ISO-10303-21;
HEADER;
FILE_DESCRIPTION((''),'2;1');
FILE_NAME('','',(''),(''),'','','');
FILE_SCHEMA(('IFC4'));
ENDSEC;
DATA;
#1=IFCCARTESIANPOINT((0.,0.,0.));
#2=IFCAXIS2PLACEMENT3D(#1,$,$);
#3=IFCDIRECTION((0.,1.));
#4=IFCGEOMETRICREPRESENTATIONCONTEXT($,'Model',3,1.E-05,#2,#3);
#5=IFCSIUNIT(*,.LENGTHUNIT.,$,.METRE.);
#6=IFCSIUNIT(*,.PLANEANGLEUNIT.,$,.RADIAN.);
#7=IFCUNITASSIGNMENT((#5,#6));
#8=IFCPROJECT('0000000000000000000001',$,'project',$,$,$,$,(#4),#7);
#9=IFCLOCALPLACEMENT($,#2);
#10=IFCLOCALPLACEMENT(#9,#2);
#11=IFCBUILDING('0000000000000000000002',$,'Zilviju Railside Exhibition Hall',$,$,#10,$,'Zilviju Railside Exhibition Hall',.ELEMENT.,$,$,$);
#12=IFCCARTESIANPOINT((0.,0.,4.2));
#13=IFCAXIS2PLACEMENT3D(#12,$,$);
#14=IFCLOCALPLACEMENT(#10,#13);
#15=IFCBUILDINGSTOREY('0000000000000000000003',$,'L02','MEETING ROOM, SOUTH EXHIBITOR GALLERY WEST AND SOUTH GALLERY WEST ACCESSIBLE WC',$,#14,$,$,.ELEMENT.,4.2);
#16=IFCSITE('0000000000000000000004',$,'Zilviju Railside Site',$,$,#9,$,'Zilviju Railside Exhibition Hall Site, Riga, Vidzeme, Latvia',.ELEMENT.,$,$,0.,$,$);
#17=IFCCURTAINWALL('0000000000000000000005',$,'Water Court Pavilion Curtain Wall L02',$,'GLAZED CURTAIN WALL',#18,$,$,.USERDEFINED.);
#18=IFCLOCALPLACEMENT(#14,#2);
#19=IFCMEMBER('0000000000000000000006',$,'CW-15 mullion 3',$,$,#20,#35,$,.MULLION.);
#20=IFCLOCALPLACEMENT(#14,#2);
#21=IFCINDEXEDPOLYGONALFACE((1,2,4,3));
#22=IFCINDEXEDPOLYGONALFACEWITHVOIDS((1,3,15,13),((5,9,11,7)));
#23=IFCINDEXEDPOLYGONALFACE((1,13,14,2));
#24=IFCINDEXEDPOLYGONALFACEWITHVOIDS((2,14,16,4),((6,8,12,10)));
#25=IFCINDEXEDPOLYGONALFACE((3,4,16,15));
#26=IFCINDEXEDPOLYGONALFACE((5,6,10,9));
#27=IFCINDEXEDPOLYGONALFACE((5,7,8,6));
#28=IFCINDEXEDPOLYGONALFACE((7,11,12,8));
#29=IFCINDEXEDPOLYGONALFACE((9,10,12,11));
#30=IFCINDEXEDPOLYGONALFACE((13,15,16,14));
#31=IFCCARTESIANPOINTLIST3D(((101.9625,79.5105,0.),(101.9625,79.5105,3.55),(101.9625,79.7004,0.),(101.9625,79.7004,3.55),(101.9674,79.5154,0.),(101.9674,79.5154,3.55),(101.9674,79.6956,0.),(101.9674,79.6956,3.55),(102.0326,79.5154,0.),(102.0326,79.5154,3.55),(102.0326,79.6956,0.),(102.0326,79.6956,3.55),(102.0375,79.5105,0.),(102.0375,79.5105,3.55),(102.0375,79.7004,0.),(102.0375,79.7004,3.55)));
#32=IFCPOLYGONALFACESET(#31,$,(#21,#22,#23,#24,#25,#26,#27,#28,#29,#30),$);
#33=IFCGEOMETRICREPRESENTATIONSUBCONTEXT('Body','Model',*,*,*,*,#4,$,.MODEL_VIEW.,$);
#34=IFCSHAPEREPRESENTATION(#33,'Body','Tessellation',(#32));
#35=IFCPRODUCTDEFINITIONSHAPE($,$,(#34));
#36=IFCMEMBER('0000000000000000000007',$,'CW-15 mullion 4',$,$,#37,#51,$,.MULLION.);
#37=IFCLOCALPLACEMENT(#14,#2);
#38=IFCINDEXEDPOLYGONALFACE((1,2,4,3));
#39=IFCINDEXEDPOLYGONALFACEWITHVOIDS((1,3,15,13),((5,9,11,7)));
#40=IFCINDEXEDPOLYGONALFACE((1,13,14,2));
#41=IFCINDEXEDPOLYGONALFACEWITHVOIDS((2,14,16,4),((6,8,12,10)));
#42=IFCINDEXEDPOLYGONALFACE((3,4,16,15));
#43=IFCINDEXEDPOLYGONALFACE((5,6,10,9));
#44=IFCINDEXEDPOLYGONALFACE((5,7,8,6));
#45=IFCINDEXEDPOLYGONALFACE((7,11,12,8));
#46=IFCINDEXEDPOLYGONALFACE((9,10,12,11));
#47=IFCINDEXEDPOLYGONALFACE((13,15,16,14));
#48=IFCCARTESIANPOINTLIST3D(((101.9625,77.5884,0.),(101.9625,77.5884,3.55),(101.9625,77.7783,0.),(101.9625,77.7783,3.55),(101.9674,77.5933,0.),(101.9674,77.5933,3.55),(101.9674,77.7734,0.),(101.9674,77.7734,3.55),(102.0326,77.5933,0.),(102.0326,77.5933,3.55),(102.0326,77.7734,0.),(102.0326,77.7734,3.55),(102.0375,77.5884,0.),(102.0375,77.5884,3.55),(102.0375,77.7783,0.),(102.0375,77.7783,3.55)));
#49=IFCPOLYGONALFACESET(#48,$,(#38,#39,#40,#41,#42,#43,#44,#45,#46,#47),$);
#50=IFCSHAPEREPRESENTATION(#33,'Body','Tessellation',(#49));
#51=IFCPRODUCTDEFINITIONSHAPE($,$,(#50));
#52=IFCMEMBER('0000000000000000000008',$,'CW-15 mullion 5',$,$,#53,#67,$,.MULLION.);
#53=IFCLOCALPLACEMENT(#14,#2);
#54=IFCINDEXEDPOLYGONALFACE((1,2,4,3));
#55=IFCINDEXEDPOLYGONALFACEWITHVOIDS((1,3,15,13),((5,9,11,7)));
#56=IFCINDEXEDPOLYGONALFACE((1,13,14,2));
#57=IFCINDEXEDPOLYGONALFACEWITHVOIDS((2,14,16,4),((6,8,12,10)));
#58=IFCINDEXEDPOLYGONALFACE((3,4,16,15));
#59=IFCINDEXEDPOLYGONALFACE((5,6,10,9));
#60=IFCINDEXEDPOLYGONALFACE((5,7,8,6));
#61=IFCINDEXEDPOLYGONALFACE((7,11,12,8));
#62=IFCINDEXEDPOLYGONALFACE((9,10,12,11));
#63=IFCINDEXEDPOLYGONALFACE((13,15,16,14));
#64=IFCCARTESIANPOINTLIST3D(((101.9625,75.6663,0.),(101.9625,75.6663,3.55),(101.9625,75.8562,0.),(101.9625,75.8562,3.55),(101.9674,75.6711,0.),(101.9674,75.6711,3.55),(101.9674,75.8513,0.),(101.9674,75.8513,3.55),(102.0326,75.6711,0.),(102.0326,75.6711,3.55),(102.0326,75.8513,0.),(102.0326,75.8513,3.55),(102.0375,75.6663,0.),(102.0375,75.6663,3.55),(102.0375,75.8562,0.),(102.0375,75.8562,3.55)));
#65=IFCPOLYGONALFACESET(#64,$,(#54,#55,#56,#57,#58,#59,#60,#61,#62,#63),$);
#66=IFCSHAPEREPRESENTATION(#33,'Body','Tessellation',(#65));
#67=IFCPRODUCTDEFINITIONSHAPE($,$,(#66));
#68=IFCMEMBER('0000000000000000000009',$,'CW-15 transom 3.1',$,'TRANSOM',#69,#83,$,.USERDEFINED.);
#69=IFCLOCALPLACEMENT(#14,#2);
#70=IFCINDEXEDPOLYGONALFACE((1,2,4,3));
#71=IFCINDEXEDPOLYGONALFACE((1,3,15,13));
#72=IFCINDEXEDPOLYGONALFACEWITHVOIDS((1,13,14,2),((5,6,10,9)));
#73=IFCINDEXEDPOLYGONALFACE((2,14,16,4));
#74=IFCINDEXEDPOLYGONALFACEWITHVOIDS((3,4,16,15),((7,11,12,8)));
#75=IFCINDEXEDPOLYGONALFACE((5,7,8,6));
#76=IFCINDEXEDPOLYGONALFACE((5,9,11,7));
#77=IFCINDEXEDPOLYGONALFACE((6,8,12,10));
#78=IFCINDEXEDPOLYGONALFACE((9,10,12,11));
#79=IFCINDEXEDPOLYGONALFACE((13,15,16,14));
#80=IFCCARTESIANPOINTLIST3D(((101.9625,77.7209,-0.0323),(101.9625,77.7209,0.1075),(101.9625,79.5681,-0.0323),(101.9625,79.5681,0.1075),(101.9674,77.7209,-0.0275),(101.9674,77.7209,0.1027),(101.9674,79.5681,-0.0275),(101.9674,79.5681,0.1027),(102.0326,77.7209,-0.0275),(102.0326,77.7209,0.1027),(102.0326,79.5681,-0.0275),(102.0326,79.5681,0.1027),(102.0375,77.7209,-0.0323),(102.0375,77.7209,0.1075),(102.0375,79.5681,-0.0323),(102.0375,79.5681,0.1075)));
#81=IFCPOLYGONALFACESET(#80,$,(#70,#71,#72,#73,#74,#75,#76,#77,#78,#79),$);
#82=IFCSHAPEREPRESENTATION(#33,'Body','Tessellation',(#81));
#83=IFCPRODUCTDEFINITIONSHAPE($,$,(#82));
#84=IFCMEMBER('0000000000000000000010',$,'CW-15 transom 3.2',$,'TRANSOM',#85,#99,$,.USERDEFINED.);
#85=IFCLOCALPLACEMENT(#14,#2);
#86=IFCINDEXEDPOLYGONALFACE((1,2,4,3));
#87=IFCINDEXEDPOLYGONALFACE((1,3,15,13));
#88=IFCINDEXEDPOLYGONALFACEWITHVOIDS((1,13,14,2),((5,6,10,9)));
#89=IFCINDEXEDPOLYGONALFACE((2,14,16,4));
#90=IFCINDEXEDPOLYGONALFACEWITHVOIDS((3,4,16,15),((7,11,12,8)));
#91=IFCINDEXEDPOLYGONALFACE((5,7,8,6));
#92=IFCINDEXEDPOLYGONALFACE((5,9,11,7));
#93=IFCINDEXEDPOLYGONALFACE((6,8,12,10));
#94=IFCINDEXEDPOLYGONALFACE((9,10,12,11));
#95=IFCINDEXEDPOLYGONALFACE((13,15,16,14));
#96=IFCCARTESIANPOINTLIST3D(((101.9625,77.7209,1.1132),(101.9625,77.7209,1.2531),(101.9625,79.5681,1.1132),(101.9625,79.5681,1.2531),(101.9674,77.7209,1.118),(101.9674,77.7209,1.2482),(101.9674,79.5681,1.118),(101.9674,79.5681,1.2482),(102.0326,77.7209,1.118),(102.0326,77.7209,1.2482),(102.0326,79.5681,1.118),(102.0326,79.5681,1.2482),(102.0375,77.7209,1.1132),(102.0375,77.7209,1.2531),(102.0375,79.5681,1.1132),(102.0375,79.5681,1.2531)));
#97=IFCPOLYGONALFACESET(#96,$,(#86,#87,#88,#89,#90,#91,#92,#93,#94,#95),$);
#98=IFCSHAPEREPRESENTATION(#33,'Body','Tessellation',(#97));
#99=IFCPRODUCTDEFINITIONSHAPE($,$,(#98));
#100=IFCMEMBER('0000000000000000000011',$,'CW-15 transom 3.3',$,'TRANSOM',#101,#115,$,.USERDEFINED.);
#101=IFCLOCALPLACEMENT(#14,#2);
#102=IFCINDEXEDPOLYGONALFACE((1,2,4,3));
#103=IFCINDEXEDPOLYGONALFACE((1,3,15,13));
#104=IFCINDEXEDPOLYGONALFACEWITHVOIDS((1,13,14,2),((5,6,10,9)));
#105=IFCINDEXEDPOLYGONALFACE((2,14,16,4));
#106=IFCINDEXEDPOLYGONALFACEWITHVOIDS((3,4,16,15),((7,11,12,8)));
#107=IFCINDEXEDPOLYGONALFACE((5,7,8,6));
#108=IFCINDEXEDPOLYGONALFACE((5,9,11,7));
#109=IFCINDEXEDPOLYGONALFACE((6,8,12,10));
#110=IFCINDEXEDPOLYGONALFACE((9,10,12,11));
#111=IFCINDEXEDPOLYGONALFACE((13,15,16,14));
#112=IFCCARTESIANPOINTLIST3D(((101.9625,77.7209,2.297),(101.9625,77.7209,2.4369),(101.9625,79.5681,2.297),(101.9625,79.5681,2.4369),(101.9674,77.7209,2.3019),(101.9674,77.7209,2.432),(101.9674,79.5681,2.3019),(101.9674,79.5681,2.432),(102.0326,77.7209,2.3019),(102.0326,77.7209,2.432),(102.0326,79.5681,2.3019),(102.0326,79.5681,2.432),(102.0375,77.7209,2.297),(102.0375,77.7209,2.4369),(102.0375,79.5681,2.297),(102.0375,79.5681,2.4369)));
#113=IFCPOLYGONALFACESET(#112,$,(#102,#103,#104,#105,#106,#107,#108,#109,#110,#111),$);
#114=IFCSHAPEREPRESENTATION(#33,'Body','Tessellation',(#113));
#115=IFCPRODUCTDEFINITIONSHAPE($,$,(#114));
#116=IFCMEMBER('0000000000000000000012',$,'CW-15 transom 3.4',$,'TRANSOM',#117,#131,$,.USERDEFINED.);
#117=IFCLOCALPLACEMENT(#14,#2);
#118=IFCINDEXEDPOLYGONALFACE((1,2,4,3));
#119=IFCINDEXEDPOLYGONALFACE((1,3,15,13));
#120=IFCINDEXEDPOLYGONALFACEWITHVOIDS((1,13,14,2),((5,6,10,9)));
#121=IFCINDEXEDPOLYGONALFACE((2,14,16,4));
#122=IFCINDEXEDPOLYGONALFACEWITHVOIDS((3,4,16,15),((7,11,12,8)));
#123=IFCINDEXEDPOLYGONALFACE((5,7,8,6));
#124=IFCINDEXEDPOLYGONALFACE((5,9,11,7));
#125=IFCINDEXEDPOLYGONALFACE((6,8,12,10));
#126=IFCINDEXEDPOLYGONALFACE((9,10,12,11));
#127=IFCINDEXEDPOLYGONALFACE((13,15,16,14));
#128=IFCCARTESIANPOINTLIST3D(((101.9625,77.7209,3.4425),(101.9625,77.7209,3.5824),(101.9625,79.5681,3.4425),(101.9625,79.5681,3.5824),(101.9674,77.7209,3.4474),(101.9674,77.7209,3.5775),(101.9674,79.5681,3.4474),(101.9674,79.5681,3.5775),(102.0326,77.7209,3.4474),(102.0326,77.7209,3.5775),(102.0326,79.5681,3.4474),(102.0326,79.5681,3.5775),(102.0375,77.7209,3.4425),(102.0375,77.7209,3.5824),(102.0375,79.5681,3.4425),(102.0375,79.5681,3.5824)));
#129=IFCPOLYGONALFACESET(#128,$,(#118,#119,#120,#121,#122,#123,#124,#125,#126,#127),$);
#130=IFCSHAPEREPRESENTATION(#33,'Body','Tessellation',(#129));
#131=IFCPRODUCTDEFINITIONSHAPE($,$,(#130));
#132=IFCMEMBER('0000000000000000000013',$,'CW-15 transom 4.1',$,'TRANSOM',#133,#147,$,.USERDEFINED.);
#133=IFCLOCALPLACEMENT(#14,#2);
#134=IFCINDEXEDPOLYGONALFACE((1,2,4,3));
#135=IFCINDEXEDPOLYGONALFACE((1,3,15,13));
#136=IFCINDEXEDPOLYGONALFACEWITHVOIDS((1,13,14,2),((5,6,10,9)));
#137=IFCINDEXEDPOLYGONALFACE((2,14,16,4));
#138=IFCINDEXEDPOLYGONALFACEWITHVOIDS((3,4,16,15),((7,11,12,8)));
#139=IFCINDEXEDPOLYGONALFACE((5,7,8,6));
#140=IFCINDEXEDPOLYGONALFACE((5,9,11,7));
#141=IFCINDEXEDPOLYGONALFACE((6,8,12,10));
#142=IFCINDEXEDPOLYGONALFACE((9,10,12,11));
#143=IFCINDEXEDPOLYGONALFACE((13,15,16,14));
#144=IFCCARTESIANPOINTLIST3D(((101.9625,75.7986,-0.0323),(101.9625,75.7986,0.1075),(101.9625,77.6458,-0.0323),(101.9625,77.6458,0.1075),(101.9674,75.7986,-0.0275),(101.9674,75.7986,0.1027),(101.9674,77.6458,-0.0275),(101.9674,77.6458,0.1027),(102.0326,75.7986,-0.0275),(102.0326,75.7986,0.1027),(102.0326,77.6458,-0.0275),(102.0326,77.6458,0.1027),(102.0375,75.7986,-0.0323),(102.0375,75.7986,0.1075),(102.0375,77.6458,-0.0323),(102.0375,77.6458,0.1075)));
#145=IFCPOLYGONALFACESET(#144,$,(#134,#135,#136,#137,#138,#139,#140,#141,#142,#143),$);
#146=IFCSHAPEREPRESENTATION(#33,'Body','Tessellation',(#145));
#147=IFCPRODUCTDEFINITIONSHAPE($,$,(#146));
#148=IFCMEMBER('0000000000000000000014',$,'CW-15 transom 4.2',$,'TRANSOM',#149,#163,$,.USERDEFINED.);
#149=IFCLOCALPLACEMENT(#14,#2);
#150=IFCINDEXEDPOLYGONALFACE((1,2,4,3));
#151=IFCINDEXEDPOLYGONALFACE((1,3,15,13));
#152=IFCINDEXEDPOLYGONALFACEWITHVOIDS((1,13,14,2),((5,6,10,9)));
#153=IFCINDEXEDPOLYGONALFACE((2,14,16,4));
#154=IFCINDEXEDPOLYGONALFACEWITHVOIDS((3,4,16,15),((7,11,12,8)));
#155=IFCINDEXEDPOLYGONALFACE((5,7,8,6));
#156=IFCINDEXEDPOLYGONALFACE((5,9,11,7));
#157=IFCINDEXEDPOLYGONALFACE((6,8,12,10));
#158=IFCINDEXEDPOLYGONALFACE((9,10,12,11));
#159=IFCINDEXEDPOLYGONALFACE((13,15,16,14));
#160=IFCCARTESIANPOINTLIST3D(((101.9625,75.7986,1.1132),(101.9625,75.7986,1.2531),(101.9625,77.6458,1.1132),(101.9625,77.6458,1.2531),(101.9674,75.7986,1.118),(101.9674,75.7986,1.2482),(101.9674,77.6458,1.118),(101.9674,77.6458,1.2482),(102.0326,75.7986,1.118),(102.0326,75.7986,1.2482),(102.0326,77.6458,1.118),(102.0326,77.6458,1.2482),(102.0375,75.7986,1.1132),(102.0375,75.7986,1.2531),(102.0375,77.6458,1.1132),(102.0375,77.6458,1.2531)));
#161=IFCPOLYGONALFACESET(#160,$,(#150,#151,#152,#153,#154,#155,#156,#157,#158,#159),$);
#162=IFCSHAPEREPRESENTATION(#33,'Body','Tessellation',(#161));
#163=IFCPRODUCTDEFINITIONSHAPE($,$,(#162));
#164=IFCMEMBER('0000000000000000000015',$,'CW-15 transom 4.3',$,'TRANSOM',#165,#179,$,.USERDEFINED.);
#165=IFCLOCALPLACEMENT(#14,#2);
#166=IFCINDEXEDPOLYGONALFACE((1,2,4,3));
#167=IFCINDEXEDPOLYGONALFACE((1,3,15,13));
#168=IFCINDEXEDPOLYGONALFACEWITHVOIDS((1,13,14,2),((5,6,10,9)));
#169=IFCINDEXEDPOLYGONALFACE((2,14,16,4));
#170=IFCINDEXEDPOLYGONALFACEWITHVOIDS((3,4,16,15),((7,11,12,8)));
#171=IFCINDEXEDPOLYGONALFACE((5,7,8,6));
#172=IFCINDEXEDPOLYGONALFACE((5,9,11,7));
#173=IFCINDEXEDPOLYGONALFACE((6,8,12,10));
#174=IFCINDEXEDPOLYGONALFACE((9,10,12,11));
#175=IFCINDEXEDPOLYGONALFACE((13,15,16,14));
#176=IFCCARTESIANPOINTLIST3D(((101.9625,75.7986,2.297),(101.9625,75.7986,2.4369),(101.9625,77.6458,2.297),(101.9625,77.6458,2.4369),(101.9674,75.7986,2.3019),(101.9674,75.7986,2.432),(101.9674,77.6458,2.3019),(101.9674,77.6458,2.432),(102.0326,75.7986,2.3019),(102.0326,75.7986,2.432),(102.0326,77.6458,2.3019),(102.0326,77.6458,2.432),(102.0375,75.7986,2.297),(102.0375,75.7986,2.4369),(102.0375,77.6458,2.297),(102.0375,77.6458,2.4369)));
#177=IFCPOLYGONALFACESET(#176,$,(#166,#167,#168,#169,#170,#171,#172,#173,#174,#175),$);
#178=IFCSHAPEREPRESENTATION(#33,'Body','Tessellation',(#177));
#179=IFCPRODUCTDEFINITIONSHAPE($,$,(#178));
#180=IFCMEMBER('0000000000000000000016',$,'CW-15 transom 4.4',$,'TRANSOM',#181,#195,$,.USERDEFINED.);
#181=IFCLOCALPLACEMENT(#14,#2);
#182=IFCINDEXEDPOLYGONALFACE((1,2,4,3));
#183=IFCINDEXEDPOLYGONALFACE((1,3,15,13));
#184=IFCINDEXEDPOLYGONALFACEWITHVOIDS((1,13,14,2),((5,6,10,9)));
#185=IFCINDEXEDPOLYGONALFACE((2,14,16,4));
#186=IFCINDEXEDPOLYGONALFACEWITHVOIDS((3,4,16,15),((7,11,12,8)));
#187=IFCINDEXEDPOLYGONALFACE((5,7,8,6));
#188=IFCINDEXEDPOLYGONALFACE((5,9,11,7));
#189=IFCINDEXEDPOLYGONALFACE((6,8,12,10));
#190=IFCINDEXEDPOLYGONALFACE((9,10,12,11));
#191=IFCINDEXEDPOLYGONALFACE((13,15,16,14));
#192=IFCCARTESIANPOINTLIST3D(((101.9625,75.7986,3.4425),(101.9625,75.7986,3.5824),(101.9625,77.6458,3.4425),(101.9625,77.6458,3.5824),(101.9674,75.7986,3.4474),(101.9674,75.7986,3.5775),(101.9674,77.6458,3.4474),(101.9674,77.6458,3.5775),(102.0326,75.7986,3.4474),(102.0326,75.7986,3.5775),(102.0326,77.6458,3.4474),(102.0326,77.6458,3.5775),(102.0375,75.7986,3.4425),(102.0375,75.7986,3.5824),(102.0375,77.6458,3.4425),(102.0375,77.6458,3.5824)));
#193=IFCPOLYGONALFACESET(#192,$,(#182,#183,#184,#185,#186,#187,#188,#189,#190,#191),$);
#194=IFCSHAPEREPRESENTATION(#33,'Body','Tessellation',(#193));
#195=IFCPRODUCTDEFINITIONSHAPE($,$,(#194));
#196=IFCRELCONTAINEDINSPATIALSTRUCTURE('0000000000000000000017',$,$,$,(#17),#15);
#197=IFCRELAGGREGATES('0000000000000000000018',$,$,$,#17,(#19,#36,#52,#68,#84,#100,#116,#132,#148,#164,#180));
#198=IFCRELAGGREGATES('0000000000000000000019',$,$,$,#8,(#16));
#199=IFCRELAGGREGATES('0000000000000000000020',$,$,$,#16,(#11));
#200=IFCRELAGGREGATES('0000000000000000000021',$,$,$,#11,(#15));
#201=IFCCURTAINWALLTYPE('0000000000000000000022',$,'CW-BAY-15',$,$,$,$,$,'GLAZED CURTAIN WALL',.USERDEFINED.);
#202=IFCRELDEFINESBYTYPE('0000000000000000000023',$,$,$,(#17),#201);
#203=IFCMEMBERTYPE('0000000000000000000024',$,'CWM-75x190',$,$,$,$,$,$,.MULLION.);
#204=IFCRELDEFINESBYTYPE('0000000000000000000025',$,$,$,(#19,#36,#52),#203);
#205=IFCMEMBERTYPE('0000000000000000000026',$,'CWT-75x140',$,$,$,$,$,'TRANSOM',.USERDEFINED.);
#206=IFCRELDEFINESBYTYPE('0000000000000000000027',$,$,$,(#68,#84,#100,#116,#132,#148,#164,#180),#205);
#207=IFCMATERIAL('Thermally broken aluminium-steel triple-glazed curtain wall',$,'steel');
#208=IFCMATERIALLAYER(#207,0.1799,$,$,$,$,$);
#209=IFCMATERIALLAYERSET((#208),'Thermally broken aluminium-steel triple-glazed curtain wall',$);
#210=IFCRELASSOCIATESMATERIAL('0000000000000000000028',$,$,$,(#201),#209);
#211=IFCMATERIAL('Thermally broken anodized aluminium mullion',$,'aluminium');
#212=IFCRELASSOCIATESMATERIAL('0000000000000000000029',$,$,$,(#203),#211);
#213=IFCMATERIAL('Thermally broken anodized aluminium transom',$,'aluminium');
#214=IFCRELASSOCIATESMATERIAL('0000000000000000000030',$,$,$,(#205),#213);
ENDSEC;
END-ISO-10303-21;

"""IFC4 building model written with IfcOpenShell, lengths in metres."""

from ifc_helpers import new_model, si_unit, direction, frame, origin, origin_2d, place, context, subcontext, project, spatial, hollow_rectangle, extrude, material, layer, layer_set, material_profile, profile_set, type_object, element, aggregate, save


model = new_model("IFC4")

# Units and contexts
model_context = context("Model", 3, precision=1e-05, world=origin(), true_north=direction((0.0, 1.0)))
body_context = subcontext(model_context, "Body", "Model", "MODEL_VIEW")
ifc_project = project(units=[si_unit("LENGTHUNIT", "METRE"), si_unit("PLANEANGLEUNIT", "RADIAN")], contexts=[model_context])

# Site, building, storey
site_placement = place(None, origin())
site = spatial("IfcSite", under=ifc_project, at=site_placement, Name="Zilviju Railside Site", LongName="Zilviju Railside Exhibition Hall Site, Riga, Vidzeme, Latvia", CompositionType="ELEMENT", RefElevation=0.0)
building_placement = place(site_placement, origin())
building = spatial("IfcBuilding", under=site, at=building_placement, Name="Zilviju Railside Exhibition Hall", LongName="Zilviju Railside Exhibition Hall", CompositionType="ELEMENT")
storey_placement = place(building_placement, frame((0.0, 0.0, 4.2)))
storey = spatial("IfcBuildingStorey", under=building, at=storey_placement, Name="L02", Description="MEETING ROOM, SOUTH EXHIBITOR GALLERY WEST AND SOUTH GALLERY WEST ACCESSIBLE WC", CompositionType="ELEMENT", Elevation=4.2)

# Curtain wall, members
ifc_material_1 = material(Name="Thermally broken aluminium-steel triple-glazed curtain wall", Category="steel")
ifc_layer_1 = layer(ifc_material_1, 0.1799)
ifc_layer_set_1 = layer_set([ifc_layer_1], Name="Thermally broken aluminium-steel triple-glazed curtain wall")
curtain_wall_type = type_object("IfcCurtainWallType", Name="CW-BAY-15", ElementType="GLAZED CURTAIN WALL", PredefinedType="USERDEFINED", material=ifc_layer_set_1)
curtain_wall_placement = place(storey_placement, origin())
curtain_wall = element("IfcCurtainWall", 1, at=curtain_wall_placement, inside=storey, type_object=curtain_wall_type, Name="Water Court Pavilion Curtain Wall L02", ObjectType="GLAZED CURTAIN WALL", PredefinedType="USERDEFINED")
ifc_material_2 = material(Name="Thermally broken anodized aluminium mullion", Category="aluminium")
ifc_material_profile_1 = material_profile(ifc_material_2, hollow_rectangle(XDim=0.075, YDim=0.1899, WallThickness=0.0049, at=origin_2d()), Name="MULLION 190x75x5")
ifc_profile_set_1 = profile_set([ifc_material_profile_1], Name="Thermally broken anodized aluminium mullion")
member_type_1 = type_object("IfcMemberType", Name="CWM-75x190", PredefinedType="MULLION", material=ifc_profile_set_1)
member_1_placement = place(storey_placement, frame((102.0, 79.6055, 0.0), z_axis=(0.0, 0.0, 1.0), x_axis=(1.0, 0.0, 0.0)))
member_1 = element("IfcMember", 2, at=member_1_placement, type_object=member_type_1, Name="CW-15 mullion 3", PredefinedType="MULLION", context=body_context, shape_type="SweptSolid", body=[
    extrude(hollow_rectangle(XDim=0.075, YDim=0.1899, WallThickness=0.0049, at=origin_2d()), origin(), (0.0, 0.0, 1.0), 3.55),
])
member_2_placement = place(storey_placement, frame((102.0, 77.6833, 0.0), z_axis=(0.0, 0.0, 1.0), x_axis=(1.0, 0.0, 0.0)))
member_2 = element("IfcMember", 3, at=member_2_placement, type_object=member_type_1, Name="CW-15 mullion 4", PredefinedType="MULLION", context=body_context, shape_type="SweptSolid", body=[
    extrude(hollow_rectangle(XDim=0.075, YDim=0.1899, WallThickness=0.0049, at=origin_2d()), origin(), (0.0, 0.0, 1.0), 3.55),
])
member_3_placement = place(storey_placement, frame((102.0, 75.7612, 0.0), z_axis=(0.0, 0.0, 1.0), x_axis=(1.0, 0.0, 0.0)))
member_3 = element("IfcMember", 4, at=member_3_placement, type_object=member_type_1, Name="CW-15 mullion 5", PredefinedType="MULLION", context=body_context, shape_type="SweptSolid", body=[
    extrude(hollow_rectangle(XDim=0.075, YDim=0.1899, WallThickness=0.0049, at=origin_2d()), origin(), (0.0, 0.0, 1.0), 3.55),
])
ifc_material_3 = material(Name="Thermally broken anodized aluminium transom", Category="aluminium")
ifc_material_profile_2 = material_profile(ifc_material_3, hollow_rectangle(XDim=0.075, YDim=0.1399, WallThickness=0.0049, at=origin_2d()), Name="TRANSOM 140x75x5")
ifc_profile_set_2 = profile_set([ifc_material_profile_2], Name="Thermally broken anodized aluminium transom")
member_type_2 = type_object("IfcMemberType", Name="CWT-75x140", ElementType="TRANSOM", PredefinedType="USERDEFINED", material=ifc_profile_set_2)
member_4_placement = place(storey_placement, frame((102.0, 79.5681, 0.0376), z_axis=(0.0, -1.0, 0.0), x_axis=(1.0, 0.0, 0.0)))
member_4 = element("IfcMember", 5, at=member_4_placement, type_object=member_type_2, Name="CW-15 transom 3.1", ObjectType="TRANSOM", PredefinedType="USERDEFINED", context=body_context, shape_type="SweptSolid", body=[
    extrude(hollow_rectangle(XDim=0.075, YDim=0.1399, WallThickness=0.0049, at=origin_2d()), origin(), (0.0, 0.0, 1.0), 1.8472),
])
member_5_placement = place(storey_placement, frame((102.0, 79.5681, 1.1831), z_axis=(0.0, -1.0, 0.0), x_axis=(1.0, 0.0, 0.0)))
member_5 = element("IfcMember", 6, at=member_5_placement, type_object=member_type_2, Name="CW-15 transom 3.2", ObjectType="TRANSOM", PredefinedType="USERDEFINED", context=body_context, shape_type="SweptSolid", body=[
    extrude(hollow_rectangle(XDim=0.075, YDim=0.1399, WallThickness=0.0049, at=origin_2d()), origin(), (0.0, 0.0, 1.0), 1.8472),
])
member_6_placement = place(storey_placement, frame((102.0, 79.5681, 2.3669), z_axis=(0.0, -1.0, 0.0), x_axis=(1.0, 0.0, 0.0)))
member_6 = element("IfcMember", 7, at=member_6_placement, type_object=member_type_2, Name="CW-15 transom 3.3", ObjectType="TRANSOM", PredefinedType="USERDEFINED", context=body_context, shape_type="SweptSolid", body=[
    extrude(hollow_rectangle(XDim=0.075, YDim=0.1399, WallThickness=0.0049, at=origin_2d()), origin(), (0.0, 0.0, 1.0), 1.8472),
])
member_7_placement = place(storey_placement, frame((102.0, 79.5681, 3.5125), z_axis=(0.0, -1.0, 0.0), x_axis=(1.0, 0.0, 0.0)))
member_7 = element("IfcMember", 8, at=member_7_placement, type_object=member_type_2, Name="CW-15 transom 3.4", ObjectType="TRANSOM", PredefinedType="USERDEFINED", context=body_context, shape_type="SweptSolid", body=[
    extrude(hollow_rectangle(XDim=0.075, YDim=0.1399, WallThickness=0.0049, at=origin_2d()), origin(), (0.0, 0.0, 1.0), 1.8472),
])
member_8_placement = place(storey_placement, frame((102.0, 77.6458, 0.0376), z_axis=(0.0, -1.0, 0.0), x_axis=(1.0, 0.0, 0.0)))
member_8 = element("IfcMember", 9, at=member_8_placement, type_object=member_type_2, Name="CW-15 transom 4.1", ObjectType="TRANSOM", PredefinedType="USERDEFINED", context=body_context, shape_type="SweptSolid", body=[
    extrude(hollow_rectangle(XDim=0.075, YDim=0.1399, WallThickness=0.0049, at=origin_2d()), origin(), (0.0, 0.0, 1.0), 1.8472),
])
member_9_placement = place(storey_placement, frame((102.0, 77.6458, 1.1831), z_axis=(0.0, -1.0, 0.0), x_axis=(1.0, 0.0, 0.0)))
member_9 = element("IfcMember", 10, at=member_9_placement, type_object=member_type_2, Name="CW-15 transom 4.2", ObjectType="TRANSOM", PredefinedType="USERDEFINED", context=body_context, shape_type="SweptSolid", body=[
    extrude(hollow_rectangle(XDim=0.075, YDim=0.1399, WallThickness=0.0049, at=origin_2d()), origin(), (0.0, 0.0, 1.0), 1.8472),
])
member_10_placement = place(storey_placement, frame((102.0, 77.6458, 2.3669), z_axis=(0.0, -1.0, 0.0), x_axis=(1.0, 0.0, 0.0)))
member_10 = element("IfcMember", 11, at=member_10_placement, type_object=member_type_2, Name="CW-15 transom 4.3", ObjectType="TRANSOM", PredefinedType="USERDEFINED", context=body_context, shape_type="SweptSolid", body=[
    extrude(hollow_rectangle(XDim=0.075, YDim=0.1399, WallThickness=0.0049, at=origin_2d()), origin(), (0.0, 0.0, 1.0), 1.8472),
])
member_11_placement = place(storey_placement, frame((102.0, 77.6458, 3.5125), z_axis=(0.0, -1.0, 0.0), x_axis=(1.0, 0.0, 0.0)))
member_11 = element("IfcMember", 12, at=member_11_placement, type_object=member_type_2, Name="CW-15 transom 4.4", ObjectType="TRANSOM", PredefinedType="USERDEFINED", context=body_context, shape_type="SweptSolid", body=[
    extrude(hollow_rectangle(XDim=0.075, YDim=0.1399, WallThickness=0.0049, at=origin_2d()), origin(), (0.0, 0.0, 1.0), 1.8472),
])
aggregate(curtain_wall, [member_1, member_2, member_3, member_4, member_5, member_6, member_7, member_8, member_9, member_10, member_11])

save(model, "model.ifc")
